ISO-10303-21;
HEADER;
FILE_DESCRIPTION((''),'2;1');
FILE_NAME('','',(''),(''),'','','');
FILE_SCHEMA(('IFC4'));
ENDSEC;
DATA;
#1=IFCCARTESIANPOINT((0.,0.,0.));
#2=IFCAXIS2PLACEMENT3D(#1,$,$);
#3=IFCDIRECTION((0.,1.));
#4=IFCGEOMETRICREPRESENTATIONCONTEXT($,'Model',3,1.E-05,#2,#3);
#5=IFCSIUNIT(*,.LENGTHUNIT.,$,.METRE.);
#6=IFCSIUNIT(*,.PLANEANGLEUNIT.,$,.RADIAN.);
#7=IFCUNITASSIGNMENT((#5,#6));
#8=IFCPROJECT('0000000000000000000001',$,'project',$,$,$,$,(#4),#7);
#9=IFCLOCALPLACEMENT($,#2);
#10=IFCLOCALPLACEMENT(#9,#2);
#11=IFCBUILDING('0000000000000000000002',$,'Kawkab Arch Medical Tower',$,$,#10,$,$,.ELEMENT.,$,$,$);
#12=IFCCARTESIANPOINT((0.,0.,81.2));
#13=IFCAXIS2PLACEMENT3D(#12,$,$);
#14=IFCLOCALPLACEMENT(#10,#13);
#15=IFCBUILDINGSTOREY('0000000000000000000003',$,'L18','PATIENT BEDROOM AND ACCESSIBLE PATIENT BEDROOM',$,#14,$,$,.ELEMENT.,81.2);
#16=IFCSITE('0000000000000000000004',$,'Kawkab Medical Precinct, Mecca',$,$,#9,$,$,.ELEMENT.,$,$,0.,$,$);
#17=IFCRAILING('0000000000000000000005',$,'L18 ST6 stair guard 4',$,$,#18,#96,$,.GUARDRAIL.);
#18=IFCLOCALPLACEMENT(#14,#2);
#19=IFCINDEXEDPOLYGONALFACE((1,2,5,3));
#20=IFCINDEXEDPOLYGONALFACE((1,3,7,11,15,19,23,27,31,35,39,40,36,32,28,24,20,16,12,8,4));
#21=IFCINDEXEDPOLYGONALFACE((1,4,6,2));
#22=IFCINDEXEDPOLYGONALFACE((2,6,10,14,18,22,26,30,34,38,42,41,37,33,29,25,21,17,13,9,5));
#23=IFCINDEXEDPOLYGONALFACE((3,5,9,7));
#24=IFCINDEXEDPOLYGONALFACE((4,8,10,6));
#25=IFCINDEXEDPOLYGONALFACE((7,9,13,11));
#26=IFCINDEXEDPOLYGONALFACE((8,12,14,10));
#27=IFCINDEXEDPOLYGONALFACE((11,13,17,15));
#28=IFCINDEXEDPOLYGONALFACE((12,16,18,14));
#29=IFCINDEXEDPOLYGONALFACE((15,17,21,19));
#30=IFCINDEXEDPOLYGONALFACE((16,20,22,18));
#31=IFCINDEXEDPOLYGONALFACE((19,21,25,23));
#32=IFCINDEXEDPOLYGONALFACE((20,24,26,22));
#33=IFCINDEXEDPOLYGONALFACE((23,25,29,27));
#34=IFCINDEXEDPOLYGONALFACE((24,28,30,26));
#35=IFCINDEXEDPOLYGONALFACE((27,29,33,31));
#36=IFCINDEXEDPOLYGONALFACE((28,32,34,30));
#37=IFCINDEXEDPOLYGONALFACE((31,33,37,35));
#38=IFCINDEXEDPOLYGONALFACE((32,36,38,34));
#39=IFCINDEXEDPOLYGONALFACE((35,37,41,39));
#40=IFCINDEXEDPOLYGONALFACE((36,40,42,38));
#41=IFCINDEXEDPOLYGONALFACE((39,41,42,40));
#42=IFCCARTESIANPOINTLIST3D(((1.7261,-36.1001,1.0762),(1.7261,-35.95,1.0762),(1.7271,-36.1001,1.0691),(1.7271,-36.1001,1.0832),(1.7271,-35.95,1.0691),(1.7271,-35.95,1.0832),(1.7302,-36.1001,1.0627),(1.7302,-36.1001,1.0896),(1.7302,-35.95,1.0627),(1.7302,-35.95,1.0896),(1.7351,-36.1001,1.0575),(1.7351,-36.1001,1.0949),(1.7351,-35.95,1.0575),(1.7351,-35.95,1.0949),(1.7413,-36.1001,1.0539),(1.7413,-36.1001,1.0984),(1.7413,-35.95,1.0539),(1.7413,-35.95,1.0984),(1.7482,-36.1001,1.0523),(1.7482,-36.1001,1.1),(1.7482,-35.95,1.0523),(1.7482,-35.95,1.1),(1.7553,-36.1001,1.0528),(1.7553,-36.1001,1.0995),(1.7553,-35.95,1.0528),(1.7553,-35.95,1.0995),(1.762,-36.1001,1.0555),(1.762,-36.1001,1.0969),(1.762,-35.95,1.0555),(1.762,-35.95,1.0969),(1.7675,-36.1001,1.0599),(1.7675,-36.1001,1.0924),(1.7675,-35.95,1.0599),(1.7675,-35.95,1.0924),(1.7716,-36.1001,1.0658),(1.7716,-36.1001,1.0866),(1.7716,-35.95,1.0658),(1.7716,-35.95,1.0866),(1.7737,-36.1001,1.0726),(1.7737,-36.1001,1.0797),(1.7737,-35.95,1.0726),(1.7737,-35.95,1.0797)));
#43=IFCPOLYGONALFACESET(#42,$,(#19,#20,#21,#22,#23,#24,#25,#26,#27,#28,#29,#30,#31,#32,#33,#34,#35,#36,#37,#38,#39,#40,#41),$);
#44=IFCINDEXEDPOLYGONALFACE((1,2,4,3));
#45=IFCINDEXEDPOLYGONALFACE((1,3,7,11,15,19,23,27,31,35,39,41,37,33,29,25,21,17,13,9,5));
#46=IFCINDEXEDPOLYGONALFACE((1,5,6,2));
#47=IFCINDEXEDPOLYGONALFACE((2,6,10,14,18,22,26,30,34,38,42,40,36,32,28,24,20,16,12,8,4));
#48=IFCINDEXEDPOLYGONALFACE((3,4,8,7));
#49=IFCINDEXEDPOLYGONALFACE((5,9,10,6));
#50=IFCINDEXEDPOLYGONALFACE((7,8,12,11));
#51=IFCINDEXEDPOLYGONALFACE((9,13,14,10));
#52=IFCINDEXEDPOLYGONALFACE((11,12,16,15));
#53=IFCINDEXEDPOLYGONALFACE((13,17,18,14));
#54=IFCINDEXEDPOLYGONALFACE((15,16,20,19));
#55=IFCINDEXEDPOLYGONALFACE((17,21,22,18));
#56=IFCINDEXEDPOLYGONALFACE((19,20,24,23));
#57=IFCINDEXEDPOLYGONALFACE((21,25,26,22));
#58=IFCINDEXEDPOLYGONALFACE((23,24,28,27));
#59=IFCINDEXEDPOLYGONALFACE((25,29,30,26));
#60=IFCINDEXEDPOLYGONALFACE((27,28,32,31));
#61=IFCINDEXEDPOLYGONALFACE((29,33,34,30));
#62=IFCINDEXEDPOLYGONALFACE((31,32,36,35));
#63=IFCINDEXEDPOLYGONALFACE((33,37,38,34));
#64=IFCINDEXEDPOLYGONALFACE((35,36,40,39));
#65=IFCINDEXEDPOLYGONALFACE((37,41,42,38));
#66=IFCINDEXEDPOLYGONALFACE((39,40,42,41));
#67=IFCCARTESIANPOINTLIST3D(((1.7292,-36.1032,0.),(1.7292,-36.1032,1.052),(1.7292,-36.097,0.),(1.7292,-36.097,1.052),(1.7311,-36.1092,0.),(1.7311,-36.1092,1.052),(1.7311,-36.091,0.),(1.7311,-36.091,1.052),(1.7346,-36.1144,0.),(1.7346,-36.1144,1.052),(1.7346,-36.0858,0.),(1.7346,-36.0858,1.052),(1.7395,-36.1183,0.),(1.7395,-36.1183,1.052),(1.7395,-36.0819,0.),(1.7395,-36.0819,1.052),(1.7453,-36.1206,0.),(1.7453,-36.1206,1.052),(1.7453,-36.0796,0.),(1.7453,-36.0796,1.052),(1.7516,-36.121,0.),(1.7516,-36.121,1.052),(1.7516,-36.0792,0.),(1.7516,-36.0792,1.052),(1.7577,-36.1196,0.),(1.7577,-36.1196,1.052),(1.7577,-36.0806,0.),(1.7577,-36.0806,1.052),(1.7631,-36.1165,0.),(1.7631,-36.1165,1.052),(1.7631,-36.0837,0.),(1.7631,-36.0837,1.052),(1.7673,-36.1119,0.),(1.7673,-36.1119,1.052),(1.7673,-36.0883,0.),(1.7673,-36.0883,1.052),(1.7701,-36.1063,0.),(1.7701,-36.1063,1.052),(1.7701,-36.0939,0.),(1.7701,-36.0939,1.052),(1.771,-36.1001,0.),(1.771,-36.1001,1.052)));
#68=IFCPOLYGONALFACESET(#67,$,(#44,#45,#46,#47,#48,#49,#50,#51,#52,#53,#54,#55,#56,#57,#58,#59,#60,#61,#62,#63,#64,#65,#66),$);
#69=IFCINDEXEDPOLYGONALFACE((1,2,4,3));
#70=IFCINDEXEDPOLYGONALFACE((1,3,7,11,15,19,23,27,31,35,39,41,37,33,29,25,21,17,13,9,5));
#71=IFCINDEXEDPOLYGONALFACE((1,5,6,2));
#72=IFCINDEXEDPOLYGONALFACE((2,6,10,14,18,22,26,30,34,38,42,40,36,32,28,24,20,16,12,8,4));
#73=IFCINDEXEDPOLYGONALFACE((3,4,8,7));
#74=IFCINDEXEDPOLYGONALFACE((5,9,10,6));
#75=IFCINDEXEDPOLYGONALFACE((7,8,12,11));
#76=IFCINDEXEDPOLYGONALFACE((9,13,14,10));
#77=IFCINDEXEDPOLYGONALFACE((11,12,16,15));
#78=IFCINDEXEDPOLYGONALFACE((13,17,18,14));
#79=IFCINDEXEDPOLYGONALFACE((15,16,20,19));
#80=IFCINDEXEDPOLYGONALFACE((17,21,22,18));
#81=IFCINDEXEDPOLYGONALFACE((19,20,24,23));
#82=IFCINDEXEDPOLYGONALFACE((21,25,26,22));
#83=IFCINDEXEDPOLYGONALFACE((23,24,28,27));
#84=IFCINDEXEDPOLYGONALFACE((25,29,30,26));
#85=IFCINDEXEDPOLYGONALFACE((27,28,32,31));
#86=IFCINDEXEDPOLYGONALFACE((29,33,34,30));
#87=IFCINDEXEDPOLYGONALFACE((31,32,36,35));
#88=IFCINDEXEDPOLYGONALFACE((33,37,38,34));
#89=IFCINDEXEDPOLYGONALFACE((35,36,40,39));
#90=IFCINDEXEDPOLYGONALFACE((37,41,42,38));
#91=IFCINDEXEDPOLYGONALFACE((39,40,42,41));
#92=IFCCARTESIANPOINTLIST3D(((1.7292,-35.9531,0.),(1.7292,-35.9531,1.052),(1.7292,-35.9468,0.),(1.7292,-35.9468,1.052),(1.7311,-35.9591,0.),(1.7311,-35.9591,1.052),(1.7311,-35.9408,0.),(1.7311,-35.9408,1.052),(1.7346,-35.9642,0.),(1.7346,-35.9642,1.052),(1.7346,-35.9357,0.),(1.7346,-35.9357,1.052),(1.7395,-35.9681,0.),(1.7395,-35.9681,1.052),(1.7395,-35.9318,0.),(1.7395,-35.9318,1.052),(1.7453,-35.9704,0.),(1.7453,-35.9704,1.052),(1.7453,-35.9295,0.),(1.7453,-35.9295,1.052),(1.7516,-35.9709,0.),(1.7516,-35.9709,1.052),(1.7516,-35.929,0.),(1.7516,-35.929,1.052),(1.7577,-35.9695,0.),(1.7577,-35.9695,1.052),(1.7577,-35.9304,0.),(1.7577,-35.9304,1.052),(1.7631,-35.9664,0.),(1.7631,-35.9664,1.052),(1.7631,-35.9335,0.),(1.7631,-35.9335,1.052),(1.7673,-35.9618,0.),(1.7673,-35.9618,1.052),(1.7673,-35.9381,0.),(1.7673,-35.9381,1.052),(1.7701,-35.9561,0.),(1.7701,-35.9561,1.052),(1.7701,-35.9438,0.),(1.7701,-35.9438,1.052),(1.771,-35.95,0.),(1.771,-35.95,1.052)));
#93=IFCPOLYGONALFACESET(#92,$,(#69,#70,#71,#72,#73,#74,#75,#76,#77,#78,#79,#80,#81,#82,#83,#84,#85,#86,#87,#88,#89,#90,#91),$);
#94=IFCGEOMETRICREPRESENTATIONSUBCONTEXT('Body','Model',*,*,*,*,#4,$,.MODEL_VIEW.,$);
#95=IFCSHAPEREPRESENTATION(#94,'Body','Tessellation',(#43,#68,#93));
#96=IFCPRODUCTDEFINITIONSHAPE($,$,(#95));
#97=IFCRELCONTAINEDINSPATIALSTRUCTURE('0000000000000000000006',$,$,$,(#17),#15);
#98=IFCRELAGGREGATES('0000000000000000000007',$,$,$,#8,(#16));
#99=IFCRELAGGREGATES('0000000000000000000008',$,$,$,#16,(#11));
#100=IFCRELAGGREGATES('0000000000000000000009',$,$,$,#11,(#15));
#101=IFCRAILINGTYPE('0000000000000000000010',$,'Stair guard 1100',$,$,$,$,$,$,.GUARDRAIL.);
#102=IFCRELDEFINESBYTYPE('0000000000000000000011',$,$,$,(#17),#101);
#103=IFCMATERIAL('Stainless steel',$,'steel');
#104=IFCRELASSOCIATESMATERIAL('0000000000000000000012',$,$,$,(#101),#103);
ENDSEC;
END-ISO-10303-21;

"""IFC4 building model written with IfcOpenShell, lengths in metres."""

from ifc_helpers import new_model, si_unit, direction, frame, origin, origin_2d, place, context, subcontext, project, spatial, circle, extrude, material, type_object, element, save


model = new_model("IFC4")

# Units and contexts
model_context = context("Model", 3, precision=1e-05, world=origin(), true_north=direction((0.0, 1.0)))
body_context = subcontext(model_context, "Body", "Model", "MODEL_VIEW")
ifc_project = project(units=[si_unit("LENGTHUNIT", "METRE"), si_unit("PLANEANGLEUNIT", "RADIAN")], contexts=[model_context])

# Site, building, storey
site_placement = place(None, origin())
site = spatial("IfcSite", under=ifc_project, at=site_placement, Name="Kawkab Medical Precinct, Mecca", CompositionType="ELEMENT", RefElevation=0.0)
building_placement = place(site_placement, origin())
building = spatial("IfcBuilding", under=site, at=building_placement, Name="Kawkab Arch Medical Tower", CompositionType="ELEMENT")
storey_placement = place(building_placement, frame((0.0, 0.0, 81.2)))
storey = spatial("IfcBuildingStorey", under=building, at=storey_placement, Name="L18", Description="PATIENT BEDROOM AND ACCESSIBLE PATIENT BEDROOM", CompositionType="ELEMENT", Elevation=81.2)

# Railing
ifc_material_1 = material(Name="Stainless steel", Category="steel")
railing_type_1 = type_object("IfcRailingType", Name="Stair guard 1100", PredefinedType="GUARDRAIL", material=ifc_material_1)
railing_1_placement = place(storey_placement, frame((1.75, -36.1001, 0.0)))
element("IfcRailing", 1, at=railing_1_placement, inside=storey, type_object=railing_type_1, Name="L18 ST6 stair guard 4", PredefinedType="GUARDRAIL", context=body_context, shape_type="SweptSolid", body=[
    extrude(circle(Radius=0.0239, at=origin_2d()), frame((0.0, 0.0, 1.0762), z_axis=(0.0, 1.0, 0.0), x_axis=(-1.0, 0.0, 0.0)), (0.0, 0.0, 1.0), 0.1501),
    extrude(circle(Radius=0.021, at=origin_2d()), origin(), (0.0, 0.0, 1.0), 1.052),
    extrude(circle(Radius=0.021, at=origin_2d()), frame((0.0, 0.1501, 0.0)), (0.0, 0.0, 1.0), 1.052),
])

save(model, "model.ifc")
